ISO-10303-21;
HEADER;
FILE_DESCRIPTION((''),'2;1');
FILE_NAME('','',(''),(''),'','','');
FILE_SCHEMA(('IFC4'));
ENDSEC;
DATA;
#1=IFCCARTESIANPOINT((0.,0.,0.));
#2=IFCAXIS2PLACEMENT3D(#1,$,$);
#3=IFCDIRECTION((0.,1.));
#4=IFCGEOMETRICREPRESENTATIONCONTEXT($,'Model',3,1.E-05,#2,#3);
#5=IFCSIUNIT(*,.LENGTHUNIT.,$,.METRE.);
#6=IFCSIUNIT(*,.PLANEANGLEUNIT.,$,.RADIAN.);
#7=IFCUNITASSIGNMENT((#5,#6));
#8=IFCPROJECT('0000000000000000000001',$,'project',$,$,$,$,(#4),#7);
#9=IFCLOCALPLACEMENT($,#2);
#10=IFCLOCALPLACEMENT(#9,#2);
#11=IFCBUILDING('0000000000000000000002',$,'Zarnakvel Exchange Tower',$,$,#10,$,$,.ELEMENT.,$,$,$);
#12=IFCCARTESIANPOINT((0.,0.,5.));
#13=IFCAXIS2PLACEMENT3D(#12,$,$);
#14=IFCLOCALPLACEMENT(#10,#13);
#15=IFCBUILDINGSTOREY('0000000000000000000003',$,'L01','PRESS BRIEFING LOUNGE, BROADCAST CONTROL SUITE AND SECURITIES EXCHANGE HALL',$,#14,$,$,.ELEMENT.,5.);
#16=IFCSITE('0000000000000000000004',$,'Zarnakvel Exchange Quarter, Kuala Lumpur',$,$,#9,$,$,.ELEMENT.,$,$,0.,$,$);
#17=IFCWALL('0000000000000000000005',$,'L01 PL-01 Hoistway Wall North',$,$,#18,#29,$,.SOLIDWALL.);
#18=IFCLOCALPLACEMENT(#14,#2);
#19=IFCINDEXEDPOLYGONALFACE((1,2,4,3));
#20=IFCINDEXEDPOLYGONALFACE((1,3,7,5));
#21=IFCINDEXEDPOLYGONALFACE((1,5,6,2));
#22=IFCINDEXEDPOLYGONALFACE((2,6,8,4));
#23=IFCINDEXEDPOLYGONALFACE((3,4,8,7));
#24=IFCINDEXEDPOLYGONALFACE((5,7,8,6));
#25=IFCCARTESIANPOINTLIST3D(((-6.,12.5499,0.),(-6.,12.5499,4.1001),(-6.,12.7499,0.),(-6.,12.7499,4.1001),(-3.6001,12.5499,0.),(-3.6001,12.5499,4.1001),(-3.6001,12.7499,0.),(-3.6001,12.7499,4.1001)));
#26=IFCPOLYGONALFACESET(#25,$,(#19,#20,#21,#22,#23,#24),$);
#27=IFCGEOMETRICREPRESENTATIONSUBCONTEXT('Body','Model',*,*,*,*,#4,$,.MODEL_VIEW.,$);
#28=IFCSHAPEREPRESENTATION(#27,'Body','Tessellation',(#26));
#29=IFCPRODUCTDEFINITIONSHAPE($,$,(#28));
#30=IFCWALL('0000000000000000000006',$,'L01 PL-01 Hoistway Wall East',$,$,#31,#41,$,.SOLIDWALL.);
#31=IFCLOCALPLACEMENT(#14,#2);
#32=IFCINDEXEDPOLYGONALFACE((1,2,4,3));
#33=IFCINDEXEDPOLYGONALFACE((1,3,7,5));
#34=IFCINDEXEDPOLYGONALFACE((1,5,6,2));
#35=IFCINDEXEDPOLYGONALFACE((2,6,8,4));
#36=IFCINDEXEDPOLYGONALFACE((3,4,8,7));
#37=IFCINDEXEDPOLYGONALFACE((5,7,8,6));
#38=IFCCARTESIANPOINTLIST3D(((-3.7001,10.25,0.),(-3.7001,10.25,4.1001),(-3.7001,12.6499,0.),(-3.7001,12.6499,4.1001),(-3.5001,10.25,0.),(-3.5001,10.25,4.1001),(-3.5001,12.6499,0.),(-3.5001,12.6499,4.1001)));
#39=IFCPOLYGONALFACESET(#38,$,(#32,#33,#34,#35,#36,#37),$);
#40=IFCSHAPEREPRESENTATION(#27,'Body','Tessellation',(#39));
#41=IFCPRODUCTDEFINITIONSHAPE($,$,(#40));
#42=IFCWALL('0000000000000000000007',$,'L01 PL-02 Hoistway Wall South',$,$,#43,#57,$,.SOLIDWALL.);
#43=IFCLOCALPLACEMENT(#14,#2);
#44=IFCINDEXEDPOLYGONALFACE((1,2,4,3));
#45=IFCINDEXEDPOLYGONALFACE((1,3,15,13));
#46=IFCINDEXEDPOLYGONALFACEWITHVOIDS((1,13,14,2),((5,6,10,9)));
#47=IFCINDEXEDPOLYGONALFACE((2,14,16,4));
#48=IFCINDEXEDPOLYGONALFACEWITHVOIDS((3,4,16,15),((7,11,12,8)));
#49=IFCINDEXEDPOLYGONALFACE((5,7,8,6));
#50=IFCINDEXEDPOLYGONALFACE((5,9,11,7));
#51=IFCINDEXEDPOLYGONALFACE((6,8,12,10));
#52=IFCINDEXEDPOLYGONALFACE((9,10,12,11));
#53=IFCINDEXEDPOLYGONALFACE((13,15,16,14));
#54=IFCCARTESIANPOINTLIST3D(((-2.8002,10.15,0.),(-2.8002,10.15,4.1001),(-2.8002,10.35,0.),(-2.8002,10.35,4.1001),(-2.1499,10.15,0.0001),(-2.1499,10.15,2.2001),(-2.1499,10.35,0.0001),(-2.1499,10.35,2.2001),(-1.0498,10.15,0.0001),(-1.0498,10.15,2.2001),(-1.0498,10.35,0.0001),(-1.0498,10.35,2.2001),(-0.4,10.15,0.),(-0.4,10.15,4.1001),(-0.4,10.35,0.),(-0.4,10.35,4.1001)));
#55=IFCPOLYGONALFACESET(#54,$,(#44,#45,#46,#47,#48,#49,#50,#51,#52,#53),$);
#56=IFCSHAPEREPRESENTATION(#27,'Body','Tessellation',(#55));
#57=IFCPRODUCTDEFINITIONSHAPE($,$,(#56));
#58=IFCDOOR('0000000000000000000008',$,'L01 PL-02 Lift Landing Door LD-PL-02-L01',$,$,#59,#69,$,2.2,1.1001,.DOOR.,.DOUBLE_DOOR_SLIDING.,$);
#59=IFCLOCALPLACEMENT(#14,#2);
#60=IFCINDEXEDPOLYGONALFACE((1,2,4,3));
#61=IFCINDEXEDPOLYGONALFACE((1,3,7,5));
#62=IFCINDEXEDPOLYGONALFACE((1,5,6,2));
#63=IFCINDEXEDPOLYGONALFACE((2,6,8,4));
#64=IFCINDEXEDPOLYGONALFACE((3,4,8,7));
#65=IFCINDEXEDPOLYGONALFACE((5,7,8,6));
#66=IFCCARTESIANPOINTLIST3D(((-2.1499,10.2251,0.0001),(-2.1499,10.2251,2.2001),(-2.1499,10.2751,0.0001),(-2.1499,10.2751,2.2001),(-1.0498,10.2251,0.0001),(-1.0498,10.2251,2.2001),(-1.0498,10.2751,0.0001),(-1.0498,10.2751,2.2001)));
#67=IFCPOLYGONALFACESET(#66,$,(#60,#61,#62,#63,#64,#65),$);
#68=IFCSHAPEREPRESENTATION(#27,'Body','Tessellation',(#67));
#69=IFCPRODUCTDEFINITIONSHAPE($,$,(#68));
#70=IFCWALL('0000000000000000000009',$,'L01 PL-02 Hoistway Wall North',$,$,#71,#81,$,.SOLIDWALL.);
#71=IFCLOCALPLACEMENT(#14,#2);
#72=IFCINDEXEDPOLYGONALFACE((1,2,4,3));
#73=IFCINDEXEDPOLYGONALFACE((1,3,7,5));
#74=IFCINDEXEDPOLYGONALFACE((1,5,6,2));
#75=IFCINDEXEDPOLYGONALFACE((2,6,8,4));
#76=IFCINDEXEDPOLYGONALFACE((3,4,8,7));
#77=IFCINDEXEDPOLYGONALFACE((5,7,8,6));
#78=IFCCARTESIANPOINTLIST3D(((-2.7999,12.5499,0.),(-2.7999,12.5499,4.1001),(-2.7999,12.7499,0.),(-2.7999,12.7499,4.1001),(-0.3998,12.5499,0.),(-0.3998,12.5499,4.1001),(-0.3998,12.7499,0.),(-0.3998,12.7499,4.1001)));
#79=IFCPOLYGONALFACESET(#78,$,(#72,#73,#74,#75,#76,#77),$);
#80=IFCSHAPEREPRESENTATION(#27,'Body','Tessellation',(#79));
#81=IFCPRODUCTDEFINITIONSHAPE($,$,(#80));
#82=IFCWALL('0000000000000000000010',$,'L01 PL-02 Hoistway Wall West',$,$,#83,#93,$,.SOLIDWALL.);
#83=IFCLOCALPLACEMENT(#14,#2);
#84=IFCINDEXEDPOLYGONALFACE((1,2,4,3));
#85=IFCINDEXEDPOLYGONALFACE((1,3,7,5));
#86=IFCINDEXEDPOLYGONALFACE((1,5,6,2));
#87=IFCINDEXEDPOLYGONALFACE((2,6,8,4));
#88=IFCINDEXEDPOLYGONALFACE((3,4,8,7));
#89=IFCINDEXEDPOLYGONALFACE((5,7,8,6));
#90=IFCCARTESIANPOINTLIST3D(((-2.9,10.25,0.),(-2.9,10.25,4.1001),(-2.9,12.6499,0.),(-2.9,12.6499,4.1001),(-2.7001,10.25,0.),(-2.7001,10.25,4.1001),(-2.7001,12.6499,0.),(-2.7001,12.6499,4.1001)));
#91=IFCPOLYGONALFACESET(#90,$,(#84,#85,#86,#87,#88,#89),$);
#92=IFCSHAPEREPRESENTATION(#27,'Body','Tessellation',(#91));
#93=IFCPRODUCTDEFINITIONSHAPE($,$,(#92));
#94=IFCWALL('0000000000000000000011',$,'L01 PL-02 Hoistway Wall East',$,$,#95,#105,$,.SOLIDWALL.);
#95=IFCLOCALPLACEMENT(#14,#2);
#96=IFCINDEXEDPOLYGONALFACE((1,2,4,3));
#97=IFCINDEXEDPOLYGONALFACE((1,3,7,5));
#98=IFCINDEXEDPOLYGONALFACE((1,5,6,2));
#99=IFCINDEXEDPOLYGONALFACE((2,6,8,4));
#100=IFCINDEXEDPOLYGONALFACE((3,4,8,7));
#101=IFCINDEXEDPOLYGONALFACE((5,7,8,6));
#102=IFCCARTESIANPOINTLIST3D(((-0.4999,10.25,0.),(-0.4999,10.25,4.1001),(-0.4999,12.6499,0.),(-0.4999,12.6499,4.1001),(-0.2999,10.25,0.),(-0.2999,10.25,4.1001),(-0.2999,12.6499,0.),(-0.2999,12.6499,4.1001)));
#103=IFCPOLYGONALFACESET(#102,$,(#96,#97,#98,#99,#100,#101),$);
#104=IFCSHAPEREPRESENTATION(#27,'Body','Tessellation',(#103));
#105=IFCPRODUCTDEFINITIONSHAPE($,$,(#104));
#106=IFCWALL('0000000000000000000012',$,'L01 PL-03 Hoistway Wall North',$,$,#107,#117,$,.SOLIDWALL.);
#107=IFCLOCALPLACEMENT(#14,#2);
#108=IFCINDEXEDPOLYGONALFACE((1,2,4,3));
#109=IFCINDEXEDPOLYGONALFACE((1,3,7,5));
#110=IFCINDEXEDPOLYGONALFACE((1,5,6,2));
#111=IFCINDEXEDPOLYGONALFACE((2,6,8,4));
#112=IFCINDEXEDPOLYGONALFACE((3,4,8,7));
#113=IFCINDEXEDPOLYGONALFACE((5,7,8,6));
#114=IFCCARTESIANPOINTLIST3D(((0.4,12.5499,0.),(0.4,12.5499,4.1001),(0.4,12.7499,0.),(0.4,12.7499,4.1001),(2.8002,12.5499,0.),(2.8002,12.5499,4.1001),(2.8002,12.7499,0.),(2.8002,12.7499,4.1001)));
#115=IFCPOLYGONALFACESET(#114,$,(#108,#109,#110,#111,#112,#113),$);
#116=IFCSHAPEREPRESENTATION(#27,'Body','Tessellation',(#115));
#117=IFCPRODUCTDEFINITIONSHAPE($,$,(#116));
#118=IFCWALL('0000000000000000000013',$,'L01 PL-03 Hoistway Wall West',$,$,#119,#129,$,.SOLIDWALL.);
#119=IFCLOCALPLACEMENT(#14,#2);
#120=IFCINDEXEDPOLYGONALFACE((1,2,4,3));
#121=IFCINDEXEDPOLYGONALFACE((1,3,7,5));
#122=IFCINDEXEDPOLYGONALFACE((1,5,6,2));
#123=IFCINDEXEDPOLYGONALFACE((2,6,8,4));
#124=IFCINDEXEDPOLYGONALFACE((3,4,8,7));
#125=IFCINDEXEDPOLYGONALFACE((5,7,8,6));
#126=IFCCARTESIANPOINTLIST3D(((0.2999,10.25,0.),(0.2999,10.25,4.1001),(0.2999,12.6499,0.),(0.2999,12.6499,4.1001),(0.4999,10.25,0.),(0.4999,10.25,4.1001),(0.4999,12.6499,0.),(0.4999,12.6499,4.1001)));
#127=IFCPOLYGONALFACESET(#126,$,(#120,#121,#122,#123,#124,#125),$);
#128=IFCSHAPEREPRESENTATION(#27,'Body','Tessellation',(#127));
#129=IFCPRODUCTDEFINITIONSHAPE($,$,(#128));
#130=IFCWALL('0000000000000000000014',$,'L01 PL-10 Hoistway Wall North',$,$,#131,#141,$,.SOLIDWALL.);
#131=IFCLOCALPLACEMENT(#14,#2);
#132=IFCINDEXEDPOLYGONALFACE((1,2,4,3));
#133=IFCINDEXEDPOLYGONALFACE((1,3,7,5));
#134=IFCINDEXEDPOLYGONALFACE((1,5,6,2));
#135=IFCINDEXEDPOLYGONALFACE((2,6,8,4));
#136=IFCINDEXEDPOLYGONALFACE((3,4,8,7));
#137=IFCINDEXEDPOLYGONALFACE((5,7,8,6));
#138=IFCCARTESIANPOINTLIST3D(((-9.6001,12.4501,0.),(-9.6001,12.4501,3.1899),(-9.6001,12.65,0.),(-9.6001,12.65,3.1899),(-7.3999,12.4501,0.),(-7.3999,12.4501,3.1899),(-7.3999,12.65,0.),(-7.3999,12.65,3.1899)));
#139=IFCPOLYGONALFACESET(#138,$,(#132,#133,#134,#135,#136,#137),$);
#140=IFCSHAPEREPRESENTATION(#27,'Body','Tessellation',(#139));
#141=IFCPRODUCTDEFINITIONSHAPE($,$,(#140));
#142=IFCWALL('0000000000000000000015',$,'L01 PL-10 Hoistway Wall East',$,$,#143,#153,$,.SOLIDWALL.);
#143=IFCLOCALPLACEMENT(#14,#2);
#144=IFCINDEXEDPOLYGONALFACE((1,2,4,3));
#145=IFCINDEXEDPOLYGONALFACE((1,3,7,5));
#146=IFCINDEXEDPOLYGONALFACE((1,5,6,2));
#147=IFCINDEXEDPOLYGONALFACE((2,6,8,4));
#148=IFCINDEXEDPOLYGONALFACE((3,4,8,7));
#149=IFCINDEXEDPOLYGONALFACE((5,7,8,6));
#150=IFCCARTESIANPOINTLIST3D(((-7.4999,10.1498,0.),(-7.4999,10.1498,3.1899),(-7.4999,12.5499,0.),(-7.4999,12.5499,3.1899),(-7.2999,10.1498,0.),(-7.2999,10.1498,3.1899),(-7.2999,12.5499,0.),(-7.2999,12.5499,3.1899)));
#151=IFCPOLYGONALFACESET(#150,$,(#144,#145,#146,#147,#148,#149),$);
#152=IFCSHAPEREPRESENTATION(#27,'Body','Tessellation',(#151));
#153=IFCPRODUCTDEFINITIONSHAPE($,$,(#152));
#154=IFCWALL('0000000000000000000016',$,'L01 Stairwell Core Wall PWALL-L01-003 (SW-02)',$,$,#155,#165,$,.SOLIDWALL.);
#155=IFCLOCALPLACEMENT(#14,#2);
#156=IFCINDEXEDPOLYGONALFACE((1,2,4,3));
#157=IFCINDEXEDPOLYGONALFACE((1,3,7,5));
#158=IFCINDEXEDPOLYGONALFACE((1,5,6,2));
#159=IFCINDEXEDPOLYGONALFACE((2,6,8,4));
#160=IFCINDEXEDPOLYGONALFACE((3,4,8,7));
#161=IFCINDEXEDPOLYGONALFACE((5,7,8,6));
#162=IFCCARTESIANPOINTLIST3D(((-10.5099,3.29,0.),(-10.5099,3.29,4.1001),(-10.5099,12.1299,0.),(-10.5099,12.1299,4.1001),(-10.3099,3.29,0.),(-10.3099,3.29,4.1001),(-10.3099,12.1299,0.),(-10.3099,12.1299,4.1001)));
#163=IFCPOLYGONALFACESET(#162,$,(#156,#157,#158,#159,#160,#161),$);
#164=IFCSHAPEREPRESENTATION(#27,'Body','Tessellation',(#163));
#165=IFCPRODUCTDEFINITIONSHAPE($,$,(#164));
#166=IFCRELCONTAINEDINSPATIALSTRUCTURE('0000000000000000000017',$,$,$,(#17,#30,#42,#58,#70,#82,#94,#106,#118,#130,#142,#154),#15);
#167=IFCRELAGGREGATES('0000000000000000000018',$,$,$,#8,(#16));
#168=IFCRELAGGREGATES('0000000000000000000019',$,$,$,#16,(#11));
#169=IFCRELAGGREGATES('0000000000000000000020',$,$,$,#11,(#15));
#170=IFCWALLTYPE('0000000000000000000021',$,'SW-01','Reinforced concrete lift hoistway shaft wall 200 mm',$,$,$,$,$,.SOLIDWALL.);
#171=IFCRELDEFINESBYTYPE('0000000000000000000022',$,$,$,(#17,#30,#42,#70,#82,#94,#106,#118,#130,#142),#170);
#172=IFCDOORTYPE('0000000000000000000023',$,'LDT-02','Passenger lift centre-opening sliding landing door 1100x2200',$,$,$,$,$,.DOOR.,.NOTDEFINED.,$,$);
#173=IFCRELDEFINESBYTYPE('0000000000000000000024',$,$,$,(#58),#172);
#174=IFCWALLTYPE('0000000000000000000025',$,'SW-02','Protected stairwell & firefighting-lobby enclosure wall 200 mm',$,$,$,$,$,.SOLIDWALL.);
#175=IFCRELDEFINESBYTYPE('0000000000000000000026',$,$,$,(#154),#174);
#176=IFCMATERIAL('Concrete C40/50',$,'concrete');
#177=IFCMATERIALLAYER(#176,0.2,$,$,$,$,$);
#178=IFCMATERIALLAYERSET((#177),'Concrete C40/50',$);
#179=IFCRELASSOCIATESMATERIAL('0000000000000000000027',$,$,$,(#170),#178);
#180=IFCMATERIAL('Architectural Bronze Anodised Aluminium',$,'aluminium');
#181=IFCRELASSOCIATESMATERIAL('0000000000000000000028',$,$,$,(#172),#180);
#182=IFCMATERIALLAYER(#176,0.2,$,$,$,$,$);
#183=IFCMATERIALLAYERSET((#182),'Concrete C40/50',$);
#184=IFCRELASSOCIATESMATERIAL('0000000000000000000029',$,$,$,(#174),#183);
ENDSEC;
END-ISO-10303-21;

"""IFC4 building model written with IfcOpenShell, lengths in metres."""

from ifc_helpers import new_model, si_unit, direction, frame, frame_2d, origin, place, context, subcontext, project, spatial, rectangle, extrude, source, transform, mapped, material, layer, layer_set, type_object, element, fill, save


model = new_model("IFC4")

# Units and contexts
model_context = context("Model", 3, precision=1e-05, world=origin(), true_north=direction((0.0, 1.0)))
body_context = subcontext(model_context, "Body", "Model", "MODEL_VIEW")
ifc_project = project(units=[si_unit("LENGTHUNIT", "METRE"), si_unit("PLANEANGLEUNIT", "RADIAN")], contexts=[model_context])

# Site, building, storey
site_placement = place(None, origin())
site = spatial("IfcSite", under=ifc_project, at=site_placement, Name="Zarnakvel Exchange Quarter, Kuala Lumpur", CompositionType="ELEMENT", RefElevation=0.0)
building_placement = place(site_placement, origin())
building = spatial("IfcBuilding", under=site, at=building_placement, Name="Zarnakvel Exchange Tower", CompositionType="ELEMENT")
storey_placement = place(building_placement, frame((0.0, 0.0, 5.0)))
storey = spatial("IfcBuildingStorey", under=building, at=storey_placement, Name="L01", Description="PRESS BRIEFING LOUNGE, BROADCAST CONTROL SUITE AND SECURITIES EXCHANGE HALL", CompositionType="ELEMENT", Elevation=5.0)

# Shared definitions
ifc_material_1 = material(Name="Architectural Bronze Anodised Aluminium", Category="aluminium")

# Shared definitions
ifc_material_2 = material(Name="Concrete C40/50", Category="concrete")
ifc_layer_1 = layer(ifc_material_2, 0.2)
ifc_layer_set_1 = layer_set([ifc_layer_1], Name="Concrete C40/50")
wall_type_1 = type_object("IfcWallType", Name="SW-01", Description="Reinforced concrete lift hoistway shaft wall 200 mm", PredefinedType="SOLIDWALL", material=ifc_layer_set_1)
door_type = type_object("IfcDoorType", Name="LDT-02", Description="Passenger lift centre-opening sliding landing door 1100x2200", OperationType="NOTDEFINED", PredefinedType="DOOR", material=ifc_material_1)
shared_shape_1 = source(origin(), body_context, "Body", "SweptSolid", [
    extrude(rectangle(XDim=1.1001, YDim=2.2, at=frame_2d((0.55, 1.1001))), frame((0.0, 0.0249, 0.0), z_axis=(0.0, -1.0, 0.0), x_axis=(1.0, 0.0, 0.0)), (0.0, 0.0, 1.0), 0.05),
])

# Walls
for number, where, z_axis, x_axis, name in (
    (1, (-6.0, 12.6499, 0.0), (0.0, 0.0, 1.0), (1.0, 0.0, 0.0), "L01 PL-01 Hoistway Wall North"),
    (2, (-3.6001, 12.6499, 0.0), (0.0, 0.0, 1.0), (0.0, -1.0, 0.0), "L01 PL-01 Hoistway Wall East"),
):
    element("IfcWall", number, at=place(storey_placement, frame(where, z_axis=z_axis, x_axis=x_axis)), inside=storey, type_object=wall_type_1, Name=name, PredefinedType="SOLIDWALL", context=body_context, shape_type="SweptSolid", body=[
        extrude(rectangle(XDim=2.3999, YDim=0.2, at=frame_2d((1.2, 0.0))), origin(), (0.0, 0.0, 1.0), 4.1001),
    ])

# Wall, opening, door
wall_1_placement = place(storey_placement, frame((-0.3999, 10.25, 0.0), z_axis=(0.0, 0.0, 1.0), x_axis=(-1.0, 0.0, 0.0)))
wall_1 = element("IfcWall", 3, at=wall_1_placement, inside=storey, type_object=wall_type_1, Name="L01 PL-02 Hoistway Wall South", PredefinedType="SOLIDWALL", context=body_context, shape_type="SweptSolid", body=[
    extrude(rectangle(XDim=2.4001, YDim=0.2, at=frame_2d((1.2002, 0.0))), origin(), (0.0, 0.0, 1.0), 4.1001),
])
opening_1_placement = place(wall_1_placement, frame((0.6499, 0.0, 0.0)))
opening_1 = element("IfcOpeningElement", 4, at=opening_1_placement, cuts=wall_1, PredefinedType="OPENING", context=body_context, shape_type="SweptSolid", body=[
    extrude(rectangle(XDim=1.1001, YDim=2.2, at=frame_2d((0.55, 1.1001))), frame((0.0, 0.1099, 0.0), z_axis=(0.0, -1.0, 0.0), x_axis=(1.0, 0.0, 0.0)), (0.0, 0.0, 1.0), 0.22),
])
door_1_placement = place(opening_1_placement, origin())
door_1 = element("IfcDoor", 5, at=door_1_placement, inside=storey, type_object=door_type, Name="L01 PL-02 Lift Landing Door LD-PL-02-L01", OperationType="DOUBLE_DOOR_SLIDING", OverallHeight=2.2, OverallWidth=1.1001, PredefinedType="DOOR", context=body_context, shape_type="MappedRepresentation", body=[
    mapped(shared_shape_1, transform((0.0, 0.0, 0.0), x_axis=(1.0, 0.0, 0.0), y_axis=(0.0, 1.0, 0.0), z_axis=(0.0, 0.0, 1.0), scale=1.0)),
])
fill(opening_1, door_1)

# Walls
wall_2_placement = place(storey_placement, frame((-2.8, 12.6499, 0.0), z_axis=(0.0, 0.0, 1.0), x_axis=(1.0, 0.0, 0.0)))
element("IfcWall", 6, at=wall_2_placement, inside=storey, type_object=wall_type_1, Name="L01 PL-02 Hoistway Wall North", PredefinedType="SOLIDWALL", context=body_context, shape_type="SweptSolid", body=[
    extrude(rectangle(XDim=2.4001, YDim=0.2, at=frame_2d((1.2002, 0.0))), origin(), (0.0, 0.0, 1.0), 4.1001),
])
for number, where, z_axis, x_axis, name in (
    (7, (-2.8, 10.25, 0.0), (0.0, 0.0, 1.0), (0.0, 1.0, 0.0), "L01 PL-02 Hoistway Wall West"),
    (8, (-0.3999, 12.6499, 0.0), (0.0, 0.0, 1.0), (0.0, -1.0, 0.0), "L01 PL-02 Hoistway Wall East"),
):
    element("IfcWall", number, at=place(storey_placement, frame(where, z_axis=z_axis, x_axis=x_axis)), inside=storey, type_object=wall_type_1, Name=name, PredefinedType="SOLIDWALL", context=body_context, shape_type="SweptSolid", body=[
        extrude(rectangle(XDim=2.3999, YDim=0.2, at=frame_2d((1.2, 0.0))), origin(), (0.0, 0.0, 1.0), 4.1001),
    ])
wall_3_placement = place(storey_placement, frame((0.3999, 12.6499, 0.0), z_axis=(0.0, 0.0, 1.0), x_axis=(1.0, 0.0, 0.0)))
element("IfcWall", 9, at=wall_3_placement, inside=storey, type_object=wall_type_1, Name="L01 PL-03 Hoistway Wall North", PredefinedType="SOLIDWALL", context=body_context, shape_type="SweptSolid", body=[
    extrude(rectangle(XDim=2.4001, YDim=0.2, at=frame_2d((1.2002, 0.0))), origin(), (0.0, 0.0, 1.0), 4.1001),
])
wall_4_placement = place(storey_placement, frame((0.3999, 10.25, 0.0), z_axis=(0.0, 0.0, 1.0), x_axis=(0.0, 1.0, 0.0)))
element("IfcWall", 10, at=wall_4_placement, inside=storey, type_object=wall_type_1, Name="L01 PL-03 Hoistway Wall West", PredefinedType="SOLIDWALL", context=body_context, shape_type="SweptSolid", body=[
    extrude(rectangle(XDim=2.3999, YDim=0.2, at=frame_2d((1.2, 0.0))), origin(), (0.0, 0.0, 1.0), 4.1001),
])
wall_5_placement = place(storey_placement, frame((-9.6001, 12.55, 0.0), z_axis=(0.0, 0.0, 1.0), x_axis=(1.0, 0.0, 0.0)))
element("IfcWall", 11, at=wall_5_placement, inside=storey, type_object=wall_type_1, Name="L01 PL-10 Hoistway Wall North", PredefinedType="SOLIDWALL", context=body_context, shape_type="SweptSolid", body=[
    extrude(rectangle(XDim=2.2002, YDim=0.2, at=frame_2d((1.1001, 0.0))), origin(), (0.0, 0.0, 1.0), 3.1899),
])
wall_6_placement = place(storey_placement, frame((-7.3999, 12.55, 0.0), z_axis=(0.0, 0.0, 1.0), x_axis=(0.0, -1.0, 0.0)))
element("IfcWall", 12, at=wall_6_placement, inside=storey, type_object=wall_type_1, Name="L01 PL-10 Hoistway Wall East", PredefinedType="SOLIDWALL", context=body_context, shape_type="SweptSolid", body=[
    extrude(rectangle(XDim=2.4001, YDim=0.2, at=frame_2d((1.2002, 0.0))), origin(), (0.0, 0.0, 1.0), 3.1899),
])
ifc_layer_2 = layer(ifc_material_2, 0.2)
ifc_layer_set_2 = layer_set([ifc_layer_2], Name="Concrete C40/50")
wall_type_2 = type_object("IfcWallType", Name="SW-02", Description="Protected stairwell & firefighting-lobby enclosure wall 200 mm", PredefinedType="SOLIDWALL", material=ifc_layer_set_2)
wall_7_placement = place(storey_placement, frame((-10.4099, 12.1299, 0.0), z_axis=(0.0, 0.0, 1.0), x_axis=(0.0, -1.0, 0.0)))
element("IfcWall", 13, at=wall_7_placement, inside=storey, type_object=wall_type_2, Name="L01 Stairwell Core Wall PWALL-L01-003 (SW-02)", PredefinedType="SOLIDWALL", context=body_context, shape_type="SweptSolid", body=[
    extrude(rectangle(XDim=8.8398, YDim=0.2, at=frame_2d((4.4199, 0.0))), origin(), (0.0, 0.0, 1.0), 4.1001),
])

save(model, "model.ifc")
